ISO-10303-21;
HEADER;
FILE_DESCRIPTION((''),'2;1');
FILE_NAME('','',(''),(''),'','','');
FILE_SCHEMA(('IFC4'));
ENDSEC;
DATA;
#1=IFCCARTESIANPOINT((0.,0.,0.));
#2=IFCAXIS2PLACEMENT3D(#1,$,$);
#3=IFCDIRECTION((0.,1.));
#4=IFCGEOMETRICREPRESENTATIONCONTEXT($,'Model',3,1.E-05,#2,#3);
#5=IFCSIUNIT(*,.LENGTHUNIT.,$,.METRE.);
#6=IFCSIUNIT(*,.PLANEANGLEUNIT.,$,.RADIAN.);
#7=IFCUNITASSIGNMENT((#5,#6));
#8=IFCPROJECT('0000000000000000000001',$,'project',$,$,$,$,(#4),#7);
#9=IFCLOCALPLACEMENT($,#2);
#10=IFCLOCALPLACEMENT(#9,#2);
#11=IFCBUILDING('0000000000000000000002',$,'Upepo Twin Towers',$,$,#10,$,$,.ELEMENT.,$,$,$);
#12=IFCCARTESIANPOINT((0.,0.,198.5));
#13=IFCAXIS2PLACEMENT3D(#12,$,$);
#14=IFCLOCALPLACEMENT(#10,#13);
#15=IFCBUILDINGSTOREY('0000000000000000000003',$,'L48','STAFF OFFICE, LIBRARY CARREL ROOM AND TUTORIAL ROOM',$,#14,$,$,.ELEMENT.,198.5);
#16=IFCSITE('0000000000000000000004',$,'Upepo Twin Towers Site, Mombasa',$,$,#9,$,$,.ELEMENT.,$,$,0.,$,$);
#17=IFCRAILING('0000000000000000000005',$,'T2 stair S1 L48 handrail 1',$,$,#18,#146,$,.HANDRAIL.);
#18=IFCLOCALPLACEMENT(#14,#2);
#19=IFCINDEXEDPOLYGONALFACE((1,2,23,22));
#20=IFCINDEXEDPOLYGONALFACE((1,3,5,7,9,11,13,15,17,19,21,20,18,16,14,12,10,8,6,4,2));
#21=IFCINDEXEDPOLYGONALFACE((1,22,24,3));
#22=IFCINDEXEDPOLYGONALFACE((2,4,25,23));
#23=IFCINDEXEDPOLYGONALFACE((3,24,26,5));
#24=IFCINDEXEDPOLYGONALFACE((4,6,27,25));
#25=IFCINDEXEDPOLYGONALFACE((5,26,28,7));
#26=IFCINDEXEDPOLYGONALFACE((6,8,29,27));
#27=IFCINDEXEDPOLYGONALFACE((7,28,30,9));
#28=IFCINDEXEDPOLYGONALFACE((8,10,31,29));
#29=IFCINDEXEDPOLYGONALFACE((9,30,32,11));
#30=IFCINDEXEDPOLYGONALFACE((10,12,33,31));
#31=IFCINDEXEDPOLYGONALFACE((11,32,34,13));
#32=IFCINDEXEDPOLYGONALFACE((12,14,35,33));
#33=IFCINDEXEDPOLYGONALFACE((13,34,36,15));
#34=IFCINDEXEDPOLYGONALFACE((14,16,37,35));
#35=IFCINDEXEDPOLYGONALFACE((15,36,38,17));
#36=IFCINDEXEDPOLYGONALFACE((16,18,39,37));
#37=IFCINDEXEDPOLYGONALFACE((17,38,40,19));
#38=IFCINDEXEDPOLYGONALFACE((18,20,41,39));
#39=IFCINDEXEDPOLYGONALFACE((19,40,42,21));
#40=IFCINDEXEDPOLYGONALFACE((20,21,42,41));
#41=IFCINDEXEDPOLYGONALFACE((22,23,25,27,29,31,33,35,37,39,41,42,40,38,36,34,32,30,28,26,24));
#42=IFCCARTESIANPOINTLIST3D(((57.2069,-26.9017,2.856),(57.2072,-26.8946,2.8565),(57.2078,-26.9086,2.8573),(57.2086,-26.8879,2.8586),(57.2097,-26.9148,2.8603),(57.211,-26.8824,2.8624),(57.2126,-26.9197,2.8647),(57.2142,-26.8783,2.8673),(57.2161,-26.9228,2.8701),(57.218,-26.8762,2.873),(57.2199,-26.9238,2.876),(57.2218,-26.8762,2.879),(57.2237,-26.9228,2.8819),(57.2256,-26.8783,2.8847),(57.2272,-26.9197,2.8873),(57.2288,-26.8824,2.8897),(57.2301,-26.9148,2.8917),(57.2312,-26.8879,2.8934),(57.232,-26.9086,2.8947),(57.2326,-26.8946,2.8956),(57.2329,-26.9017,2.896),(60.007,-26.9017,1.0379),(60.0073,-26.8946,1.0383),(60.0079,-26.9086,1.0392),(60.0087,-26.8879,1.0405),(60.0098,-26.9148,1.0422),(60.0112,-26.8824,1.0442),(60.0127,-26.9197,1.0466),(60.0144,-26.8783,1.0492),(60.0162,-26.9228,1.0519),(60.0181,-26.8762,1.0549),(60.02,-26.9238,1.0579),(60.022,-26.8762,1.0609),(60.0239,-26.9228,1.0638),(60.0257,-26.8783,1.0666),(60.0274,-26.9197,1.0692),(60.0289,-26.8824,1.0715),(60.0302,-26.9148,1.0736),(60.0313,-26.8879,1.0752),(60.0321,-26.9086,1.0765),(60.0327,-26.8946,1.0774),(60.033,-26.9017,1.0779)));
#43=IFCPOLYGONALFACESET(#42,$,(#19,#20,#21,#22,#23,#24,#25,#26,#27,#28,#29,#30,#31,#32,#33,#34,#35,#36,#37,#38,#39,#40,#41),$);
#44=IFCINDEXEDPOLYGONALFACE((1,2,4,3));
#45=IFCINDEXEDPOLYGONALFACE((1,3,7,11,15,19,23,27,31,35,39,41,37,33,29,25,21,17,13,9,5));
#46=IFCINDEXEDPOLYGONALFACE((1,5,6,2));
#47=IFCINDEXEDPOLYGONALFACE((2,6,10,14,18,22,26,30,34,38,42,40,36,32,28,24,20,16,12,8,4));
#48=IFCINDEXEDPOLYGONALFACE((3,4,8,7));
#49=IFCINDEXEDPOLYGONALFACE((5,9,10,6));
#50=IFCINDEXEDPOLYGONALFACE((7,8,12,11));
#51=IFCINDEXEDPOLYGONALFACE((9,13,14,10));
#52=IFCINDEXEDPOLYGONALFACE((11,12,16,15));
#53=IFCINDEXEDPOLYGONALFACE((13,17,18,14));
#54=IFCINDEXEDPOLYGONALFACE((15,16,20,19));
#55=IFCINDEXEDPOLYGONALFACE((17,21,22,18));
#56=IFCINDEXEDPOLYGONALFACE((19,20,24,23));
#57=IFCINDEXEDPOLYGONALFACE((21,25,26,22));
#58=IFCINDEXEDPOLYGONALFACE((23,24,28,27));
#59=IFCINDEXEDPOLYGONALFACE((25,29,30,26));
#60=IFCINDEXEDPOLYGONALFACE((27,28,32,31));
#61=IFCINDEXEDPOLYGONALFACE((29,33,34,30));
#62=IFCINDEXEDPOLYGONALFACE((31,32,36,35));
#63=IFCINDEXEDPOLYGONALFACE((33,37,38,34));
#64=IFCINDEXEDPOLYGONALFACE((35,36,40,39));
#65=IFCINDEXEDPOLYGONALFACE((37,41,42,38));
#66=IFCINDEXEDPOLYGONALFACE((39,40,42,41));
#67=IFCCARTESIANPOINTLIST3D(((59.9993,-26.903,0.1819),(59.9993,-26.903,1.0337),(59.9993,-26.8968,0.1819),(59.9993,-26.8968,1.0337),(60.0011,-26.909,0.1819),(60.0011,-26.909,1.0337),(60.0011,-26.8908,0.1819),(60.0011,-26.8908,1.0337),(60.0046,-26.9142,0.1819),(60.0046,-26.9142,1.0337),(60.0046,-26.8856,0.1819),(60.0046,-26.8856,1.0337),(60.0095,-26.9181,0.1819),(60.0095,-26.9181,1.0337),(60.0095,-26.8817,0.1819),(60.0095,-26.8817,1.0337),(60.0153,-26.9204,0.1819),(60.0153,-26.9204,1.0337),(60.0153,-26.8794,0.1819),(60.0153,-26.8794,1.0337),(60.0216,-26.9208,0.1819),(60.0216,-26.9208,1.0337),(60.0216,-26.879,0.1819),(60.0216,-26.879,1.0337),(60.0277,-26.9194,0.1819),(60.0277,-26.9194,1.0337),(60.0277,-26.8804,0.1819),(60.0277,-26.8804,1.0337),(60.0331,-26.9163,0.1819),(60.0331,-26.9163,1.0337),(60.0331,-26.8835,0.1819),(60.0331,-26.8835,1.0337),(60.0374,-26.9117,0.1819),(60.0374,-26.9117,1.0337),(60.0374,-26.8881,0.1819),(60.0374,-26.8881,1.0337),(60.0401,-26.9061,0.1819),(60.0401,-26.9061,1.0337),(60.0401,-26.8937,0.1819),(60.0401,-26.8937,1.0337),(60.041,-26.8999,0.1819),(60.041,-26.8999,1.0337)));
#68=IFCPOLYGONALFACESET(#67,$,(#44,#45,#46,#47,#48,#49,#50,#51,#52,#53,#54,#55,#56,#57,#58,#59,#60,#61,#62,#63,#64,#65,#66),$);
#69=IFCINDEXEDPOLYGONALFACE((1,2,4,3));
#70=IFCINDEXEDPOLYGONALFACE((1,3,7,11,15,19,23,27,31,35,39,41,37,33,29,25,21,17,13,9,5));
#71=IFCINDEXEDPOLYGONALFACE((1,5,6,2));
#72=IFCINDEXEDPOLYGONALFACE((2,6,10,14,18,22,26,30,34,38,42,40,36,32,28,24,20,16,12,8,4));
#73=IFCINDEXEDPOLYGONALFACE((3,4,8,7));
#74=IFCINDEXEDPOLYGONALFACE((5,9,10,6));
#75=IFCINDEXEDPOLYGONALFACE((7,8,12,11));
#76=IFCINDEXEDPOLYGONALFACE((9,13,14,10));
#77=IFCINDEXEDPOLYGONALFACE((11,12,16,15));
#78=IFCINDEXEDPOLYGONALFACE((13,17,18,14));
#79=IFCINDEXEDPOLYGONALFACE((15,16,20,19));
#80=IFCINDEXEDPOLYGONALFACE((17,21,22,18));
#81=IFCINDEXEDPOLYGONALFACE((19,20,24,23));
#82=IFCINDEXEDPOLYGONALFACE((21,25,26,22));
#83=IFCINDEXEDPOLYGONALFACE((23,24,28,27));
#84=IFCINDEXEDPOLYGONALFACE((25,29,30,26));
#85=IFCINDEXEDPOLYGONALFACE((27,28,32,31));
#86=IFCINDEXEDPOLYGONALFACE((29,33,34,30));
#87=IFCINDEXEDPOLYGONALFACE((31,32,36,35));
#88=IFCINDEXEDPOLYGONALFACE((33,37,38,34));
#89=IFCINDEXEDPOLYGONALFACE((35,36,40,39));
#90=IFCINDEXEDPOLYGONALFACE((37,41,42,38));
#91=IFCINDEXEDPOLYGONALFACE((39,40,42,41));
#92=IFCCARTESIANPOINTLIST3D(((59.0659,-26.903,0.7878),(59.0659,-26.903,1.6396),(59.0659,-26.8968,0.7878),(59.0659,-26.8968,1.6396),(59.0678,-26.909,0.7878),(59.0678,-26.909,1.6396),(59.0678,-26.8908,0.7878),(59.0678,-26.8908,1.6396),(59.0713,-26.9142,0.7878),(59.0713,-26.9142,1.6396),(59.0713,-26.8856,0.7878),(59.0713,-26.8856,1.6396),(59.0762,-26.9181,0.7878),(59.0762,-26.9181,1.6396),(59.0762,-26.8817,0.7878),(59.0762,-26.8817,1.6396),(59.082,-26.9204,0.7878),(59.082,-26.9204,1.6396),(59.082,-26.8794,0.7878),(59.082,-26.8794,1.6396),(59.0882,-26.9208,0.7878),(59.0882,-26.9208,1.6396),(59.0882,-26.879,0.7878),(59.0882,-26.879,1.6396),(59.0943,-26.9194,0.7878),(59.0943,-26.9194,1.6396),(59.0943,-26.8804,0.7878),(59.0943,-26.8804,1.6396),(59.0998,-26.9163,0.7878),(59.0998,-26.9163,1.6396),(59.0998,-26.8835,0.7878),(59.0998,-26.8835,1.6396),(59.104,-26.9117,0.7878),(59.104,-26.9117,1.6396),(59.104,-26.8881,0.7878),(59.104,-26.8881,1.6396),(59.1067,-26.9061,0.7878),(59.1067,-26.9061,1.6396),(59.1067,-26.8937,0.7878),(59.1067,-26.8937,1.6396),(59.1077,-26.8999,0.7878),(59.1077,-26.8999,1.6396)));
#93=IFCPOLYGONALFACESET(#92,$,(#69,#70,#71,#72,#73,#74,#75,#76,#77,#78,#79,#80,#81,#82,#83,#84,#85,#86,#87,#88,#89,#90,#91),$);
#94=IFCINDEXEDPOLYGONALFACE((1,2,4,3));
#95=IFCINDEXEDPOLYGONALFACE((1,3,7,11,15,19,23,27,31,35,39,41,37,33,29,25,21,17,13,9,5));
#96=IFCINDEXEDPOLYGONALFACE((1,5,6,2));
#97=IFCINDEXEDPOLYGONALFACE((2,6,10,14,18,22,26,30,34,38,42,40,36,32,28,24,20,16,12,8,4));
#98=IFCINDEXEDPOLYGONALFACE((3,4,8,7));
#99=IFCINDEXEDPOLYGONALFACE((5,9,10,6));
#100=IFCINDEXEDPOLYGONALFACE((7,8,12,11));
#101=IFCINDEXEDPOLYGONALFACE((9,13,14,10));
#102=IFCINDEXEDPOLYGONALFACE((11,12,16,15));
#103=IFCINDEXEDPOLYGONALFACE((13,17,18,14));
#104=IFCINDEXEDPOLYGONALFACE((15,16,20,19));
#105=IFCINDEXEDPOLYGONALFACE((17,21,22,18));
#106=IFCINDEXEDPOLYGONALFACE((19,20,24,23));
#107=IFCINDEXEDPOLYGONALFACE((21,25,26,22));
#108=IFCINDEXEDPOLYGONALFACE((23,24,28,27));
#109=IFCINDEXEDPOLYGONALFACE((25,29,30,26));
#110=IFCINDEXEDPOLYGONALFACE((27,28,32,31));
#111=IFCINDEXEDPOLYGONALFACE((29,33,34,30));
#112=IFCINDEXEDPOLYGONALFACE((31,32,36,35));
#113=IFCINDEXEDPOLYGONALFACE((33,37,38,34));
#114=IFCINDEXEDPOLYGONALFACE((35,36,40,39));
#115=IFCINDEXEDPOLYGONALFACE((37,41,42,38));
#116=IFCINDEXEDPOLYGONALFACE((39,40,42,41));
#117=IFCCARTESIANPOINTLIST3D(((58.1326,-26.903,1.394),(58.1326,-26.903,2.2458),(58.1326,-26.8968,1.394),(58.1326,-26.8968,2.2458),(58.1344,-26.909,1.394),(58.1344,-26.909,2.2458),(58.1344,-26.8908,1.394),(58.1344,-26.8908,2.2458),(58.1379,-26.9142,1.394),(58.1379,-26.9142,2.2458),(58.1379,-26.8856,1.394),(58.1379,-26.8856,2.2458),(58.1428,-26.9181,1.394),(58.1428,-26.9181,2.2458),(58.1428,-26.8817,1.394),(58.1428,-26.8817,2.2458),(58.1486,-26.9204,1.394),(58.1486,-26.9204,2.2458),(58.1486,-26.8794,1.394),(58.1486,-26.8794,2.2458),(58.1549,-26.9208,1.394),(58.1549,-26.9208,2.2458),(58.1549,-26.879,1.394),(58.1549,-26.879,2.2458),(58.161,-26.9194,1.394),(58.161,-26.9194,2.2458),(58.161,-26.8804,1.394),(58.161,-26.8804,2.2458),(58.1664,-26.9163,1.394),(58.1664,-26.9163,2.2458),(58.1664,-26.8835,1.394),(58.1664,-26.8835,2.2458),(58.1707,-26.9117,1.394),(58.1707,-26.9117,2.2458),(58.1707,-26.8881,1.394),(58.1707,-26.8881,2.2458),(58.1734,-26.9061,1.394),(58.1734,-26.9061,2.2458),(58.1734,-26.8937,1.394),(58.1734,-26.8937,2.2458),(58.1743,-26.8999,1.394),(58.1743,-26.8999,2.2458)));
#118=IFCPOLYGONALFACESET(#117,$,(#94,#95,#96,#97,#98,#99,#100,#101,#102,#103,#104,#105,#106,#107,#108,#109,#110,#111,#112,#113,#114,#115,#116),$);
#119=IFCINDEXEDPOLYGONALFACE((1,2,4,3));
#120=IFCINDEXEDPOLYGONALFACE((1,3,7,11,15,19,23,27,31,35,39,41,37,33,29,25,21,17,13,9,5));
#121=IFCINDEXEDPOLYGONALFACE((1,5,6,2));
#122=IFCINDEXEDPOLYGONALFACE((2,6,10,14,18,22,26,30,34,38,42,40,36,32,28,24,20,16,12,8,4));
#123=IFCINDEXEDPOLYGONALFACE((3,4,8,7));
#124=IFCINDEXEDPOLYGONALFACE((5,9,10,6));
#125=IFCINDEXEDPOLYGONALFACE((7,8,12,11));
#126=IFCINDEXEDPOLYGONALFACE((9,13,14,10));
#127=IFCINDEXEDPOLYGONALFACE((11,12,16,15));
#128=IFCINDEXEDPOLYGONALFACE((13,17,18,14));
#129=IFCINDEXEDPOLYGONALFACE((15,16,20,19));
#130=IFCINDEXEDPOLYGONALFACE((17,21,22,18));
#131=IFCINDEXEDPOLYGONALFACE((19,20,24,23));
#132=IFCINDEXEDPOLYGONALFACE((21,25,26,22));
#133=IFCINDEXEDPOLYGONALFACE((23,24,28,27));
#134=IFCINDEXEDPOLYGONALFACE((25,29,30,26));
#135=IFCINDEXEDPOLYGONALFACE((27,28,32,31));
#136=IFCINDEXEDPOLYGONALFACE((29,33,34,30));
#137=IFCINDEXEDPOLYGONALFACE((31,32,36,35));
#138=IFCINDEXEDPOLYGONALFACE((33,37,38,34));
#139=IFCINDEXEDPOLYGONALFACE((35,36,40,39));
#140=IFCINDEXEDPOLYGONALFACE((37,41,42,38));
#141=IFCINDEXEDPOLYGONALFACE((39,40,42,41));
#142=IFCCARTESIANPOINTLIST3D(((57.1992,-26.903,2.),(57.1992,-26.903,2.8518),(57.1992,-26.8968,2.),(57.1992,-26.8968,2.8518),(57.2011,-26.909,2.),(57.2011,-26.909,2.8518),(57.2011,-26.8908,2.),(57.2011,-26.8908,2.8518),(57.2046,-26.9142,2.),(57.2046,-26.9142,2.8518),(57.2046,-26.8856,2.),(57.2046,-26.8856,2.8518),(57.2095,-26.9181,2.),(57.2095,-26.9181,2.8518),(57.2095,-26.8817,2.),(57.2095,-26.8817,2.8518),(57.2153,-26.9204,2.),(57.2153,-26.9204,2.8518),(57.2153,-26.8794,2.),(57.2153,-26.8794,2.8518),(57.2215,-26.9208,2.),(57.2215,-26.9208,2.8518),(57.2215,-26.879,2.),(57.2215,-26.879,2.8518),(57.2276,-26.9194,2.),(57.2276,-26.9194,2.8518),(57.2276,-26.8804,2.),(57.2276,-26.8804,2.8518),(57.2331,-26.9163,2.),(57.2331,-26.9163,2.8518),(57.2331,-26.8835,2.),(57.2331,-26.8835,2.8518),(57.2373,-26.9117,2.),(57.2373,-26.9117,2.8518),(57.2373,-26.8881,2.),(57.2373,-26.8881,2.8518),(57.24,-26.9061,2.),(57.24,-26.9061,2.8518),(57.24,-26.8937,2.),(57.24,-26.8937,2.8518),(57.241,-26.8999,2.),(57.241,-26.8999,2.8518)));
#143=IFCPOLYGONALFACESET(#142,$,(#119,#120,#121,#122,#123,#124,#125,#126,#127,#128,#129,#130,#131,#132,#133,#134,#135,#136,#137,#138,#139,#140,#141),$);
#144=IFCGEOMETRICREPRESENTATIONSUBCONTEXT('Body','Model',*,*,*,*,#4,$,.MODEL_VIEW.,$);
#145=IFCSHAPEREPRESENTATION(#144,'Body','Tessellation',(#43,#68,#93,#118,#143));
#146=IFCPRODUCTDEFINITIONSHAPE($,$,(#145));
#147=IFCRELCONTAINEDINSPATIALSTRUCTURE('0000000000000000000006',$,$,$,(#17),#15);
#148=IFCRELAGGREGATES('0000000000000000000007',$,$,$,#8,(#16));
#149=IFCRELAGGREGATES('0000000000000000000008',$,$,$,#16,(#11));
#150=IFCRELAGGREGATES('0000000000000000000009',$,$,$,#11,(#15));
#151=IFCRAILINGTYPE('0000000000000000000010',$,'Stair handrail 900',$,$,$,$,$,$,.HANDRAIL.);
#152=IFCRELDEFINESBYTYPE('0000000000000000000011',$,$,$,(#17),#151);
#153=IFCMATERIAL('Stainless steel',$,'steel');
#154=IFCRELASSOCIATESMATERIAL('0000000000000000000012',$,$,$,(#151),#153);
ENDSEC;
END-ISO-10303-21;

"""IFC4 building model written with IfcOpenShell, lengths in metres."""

from ifc_helpers import new_model, si_unit, direction, frame, origin, origin_2d, place, context, subcontext, project, spatial, circle, extrude, material, type_object, element, save


model = new_model("IFC4")

# Units and contexts
model_context = context("Model", 3, precision=1e-05, world=origin(), true_north=direction((0.0, 1.0)))
body_context = subcontext(model_context, "Body", "Model", "MODEL_VIEW")
ifc_project = project(units=[si_unit("LENGTHUNIT", "METRE"), si_unit("PLANEANGLEUNIT", "RADIAN")], contexts=[model_context])

# Site, building, storey
site_placement = place(None, origin())
site = spatial("IfcSite", under=ifc_project, at=site_placement, Name="Upepo Twin Towers Site, Mombasa", CompositionType="ELEMENT", RefElevation=0.0)
building_placement = place(site_placement, origin())
building = spatial("IfcBuilding", under=site, at=building_placement, Name="Upepo Twin Towers", CompositionType="ELEMENT")
storey_placement = place(building_placement, frame((0.0, 0.0, 198.5)))
storey = spatial("IfcBuildingStorey", under=building, at=storey_placement, Name="L48", Description="STAFF OFFICE, LIBRARY CARREL ROOM AND TUTORIAL ROOM", CompositionType="ELEMENT", Elevation=198.5)

# Railing
ifc_material_1 = material(Name="Stainless steel", Category="steel")
railing_type = type_object("IfcRailingType", Name="Stair handrail 900", PredefinedType="HANDRAIL", material=ifc_material_1)
railing_1_placement = place(storey_placement, frame((60.02, -26.8999, 0.1819)))
element("IfcRailing", 1, at=railing_1_placement, inside=storey, type_object=railing_type, Name="T2 stair S1 L48 handrail 1", PredefinedType="HANDRAIL", context=body_context, shape_type="SweptSolid", body=[
    extrude(circle(Radius=0.0239, at=origin_2d()), frame((0.0, 0.0, 0.876), z_axis=(-0.838706, 0.0, 0.544585), x_axis=(0.0, -1.0, 0.0)), (0.0, 0.0, 1.0), 3.3386),
    extrude(circle(Radius=0.021, at=origin_2d()), origin(), (0.0, 0.0, 1.0), 0.8518),
    extrude(circle(Radius=0.021, at=origin_2d()), frame((-0.9333, 0.0, 0.606)), (0.0, 0.0, 1.0), 0.8518),
    extrude(circle(Radius=0.021, at=origin_2d()), frame((-1.8667, 0.0, 1.2122)), (0.0, 0.0, 1.0), 0.8518),
    extrude(circle(Radius=0.021, at=origin_2d()), frame((-2.8, 0.0, 1.8181)), (0.0, 0.0, 1.0), 0.8518),
])

save(model, "model.ifc")
